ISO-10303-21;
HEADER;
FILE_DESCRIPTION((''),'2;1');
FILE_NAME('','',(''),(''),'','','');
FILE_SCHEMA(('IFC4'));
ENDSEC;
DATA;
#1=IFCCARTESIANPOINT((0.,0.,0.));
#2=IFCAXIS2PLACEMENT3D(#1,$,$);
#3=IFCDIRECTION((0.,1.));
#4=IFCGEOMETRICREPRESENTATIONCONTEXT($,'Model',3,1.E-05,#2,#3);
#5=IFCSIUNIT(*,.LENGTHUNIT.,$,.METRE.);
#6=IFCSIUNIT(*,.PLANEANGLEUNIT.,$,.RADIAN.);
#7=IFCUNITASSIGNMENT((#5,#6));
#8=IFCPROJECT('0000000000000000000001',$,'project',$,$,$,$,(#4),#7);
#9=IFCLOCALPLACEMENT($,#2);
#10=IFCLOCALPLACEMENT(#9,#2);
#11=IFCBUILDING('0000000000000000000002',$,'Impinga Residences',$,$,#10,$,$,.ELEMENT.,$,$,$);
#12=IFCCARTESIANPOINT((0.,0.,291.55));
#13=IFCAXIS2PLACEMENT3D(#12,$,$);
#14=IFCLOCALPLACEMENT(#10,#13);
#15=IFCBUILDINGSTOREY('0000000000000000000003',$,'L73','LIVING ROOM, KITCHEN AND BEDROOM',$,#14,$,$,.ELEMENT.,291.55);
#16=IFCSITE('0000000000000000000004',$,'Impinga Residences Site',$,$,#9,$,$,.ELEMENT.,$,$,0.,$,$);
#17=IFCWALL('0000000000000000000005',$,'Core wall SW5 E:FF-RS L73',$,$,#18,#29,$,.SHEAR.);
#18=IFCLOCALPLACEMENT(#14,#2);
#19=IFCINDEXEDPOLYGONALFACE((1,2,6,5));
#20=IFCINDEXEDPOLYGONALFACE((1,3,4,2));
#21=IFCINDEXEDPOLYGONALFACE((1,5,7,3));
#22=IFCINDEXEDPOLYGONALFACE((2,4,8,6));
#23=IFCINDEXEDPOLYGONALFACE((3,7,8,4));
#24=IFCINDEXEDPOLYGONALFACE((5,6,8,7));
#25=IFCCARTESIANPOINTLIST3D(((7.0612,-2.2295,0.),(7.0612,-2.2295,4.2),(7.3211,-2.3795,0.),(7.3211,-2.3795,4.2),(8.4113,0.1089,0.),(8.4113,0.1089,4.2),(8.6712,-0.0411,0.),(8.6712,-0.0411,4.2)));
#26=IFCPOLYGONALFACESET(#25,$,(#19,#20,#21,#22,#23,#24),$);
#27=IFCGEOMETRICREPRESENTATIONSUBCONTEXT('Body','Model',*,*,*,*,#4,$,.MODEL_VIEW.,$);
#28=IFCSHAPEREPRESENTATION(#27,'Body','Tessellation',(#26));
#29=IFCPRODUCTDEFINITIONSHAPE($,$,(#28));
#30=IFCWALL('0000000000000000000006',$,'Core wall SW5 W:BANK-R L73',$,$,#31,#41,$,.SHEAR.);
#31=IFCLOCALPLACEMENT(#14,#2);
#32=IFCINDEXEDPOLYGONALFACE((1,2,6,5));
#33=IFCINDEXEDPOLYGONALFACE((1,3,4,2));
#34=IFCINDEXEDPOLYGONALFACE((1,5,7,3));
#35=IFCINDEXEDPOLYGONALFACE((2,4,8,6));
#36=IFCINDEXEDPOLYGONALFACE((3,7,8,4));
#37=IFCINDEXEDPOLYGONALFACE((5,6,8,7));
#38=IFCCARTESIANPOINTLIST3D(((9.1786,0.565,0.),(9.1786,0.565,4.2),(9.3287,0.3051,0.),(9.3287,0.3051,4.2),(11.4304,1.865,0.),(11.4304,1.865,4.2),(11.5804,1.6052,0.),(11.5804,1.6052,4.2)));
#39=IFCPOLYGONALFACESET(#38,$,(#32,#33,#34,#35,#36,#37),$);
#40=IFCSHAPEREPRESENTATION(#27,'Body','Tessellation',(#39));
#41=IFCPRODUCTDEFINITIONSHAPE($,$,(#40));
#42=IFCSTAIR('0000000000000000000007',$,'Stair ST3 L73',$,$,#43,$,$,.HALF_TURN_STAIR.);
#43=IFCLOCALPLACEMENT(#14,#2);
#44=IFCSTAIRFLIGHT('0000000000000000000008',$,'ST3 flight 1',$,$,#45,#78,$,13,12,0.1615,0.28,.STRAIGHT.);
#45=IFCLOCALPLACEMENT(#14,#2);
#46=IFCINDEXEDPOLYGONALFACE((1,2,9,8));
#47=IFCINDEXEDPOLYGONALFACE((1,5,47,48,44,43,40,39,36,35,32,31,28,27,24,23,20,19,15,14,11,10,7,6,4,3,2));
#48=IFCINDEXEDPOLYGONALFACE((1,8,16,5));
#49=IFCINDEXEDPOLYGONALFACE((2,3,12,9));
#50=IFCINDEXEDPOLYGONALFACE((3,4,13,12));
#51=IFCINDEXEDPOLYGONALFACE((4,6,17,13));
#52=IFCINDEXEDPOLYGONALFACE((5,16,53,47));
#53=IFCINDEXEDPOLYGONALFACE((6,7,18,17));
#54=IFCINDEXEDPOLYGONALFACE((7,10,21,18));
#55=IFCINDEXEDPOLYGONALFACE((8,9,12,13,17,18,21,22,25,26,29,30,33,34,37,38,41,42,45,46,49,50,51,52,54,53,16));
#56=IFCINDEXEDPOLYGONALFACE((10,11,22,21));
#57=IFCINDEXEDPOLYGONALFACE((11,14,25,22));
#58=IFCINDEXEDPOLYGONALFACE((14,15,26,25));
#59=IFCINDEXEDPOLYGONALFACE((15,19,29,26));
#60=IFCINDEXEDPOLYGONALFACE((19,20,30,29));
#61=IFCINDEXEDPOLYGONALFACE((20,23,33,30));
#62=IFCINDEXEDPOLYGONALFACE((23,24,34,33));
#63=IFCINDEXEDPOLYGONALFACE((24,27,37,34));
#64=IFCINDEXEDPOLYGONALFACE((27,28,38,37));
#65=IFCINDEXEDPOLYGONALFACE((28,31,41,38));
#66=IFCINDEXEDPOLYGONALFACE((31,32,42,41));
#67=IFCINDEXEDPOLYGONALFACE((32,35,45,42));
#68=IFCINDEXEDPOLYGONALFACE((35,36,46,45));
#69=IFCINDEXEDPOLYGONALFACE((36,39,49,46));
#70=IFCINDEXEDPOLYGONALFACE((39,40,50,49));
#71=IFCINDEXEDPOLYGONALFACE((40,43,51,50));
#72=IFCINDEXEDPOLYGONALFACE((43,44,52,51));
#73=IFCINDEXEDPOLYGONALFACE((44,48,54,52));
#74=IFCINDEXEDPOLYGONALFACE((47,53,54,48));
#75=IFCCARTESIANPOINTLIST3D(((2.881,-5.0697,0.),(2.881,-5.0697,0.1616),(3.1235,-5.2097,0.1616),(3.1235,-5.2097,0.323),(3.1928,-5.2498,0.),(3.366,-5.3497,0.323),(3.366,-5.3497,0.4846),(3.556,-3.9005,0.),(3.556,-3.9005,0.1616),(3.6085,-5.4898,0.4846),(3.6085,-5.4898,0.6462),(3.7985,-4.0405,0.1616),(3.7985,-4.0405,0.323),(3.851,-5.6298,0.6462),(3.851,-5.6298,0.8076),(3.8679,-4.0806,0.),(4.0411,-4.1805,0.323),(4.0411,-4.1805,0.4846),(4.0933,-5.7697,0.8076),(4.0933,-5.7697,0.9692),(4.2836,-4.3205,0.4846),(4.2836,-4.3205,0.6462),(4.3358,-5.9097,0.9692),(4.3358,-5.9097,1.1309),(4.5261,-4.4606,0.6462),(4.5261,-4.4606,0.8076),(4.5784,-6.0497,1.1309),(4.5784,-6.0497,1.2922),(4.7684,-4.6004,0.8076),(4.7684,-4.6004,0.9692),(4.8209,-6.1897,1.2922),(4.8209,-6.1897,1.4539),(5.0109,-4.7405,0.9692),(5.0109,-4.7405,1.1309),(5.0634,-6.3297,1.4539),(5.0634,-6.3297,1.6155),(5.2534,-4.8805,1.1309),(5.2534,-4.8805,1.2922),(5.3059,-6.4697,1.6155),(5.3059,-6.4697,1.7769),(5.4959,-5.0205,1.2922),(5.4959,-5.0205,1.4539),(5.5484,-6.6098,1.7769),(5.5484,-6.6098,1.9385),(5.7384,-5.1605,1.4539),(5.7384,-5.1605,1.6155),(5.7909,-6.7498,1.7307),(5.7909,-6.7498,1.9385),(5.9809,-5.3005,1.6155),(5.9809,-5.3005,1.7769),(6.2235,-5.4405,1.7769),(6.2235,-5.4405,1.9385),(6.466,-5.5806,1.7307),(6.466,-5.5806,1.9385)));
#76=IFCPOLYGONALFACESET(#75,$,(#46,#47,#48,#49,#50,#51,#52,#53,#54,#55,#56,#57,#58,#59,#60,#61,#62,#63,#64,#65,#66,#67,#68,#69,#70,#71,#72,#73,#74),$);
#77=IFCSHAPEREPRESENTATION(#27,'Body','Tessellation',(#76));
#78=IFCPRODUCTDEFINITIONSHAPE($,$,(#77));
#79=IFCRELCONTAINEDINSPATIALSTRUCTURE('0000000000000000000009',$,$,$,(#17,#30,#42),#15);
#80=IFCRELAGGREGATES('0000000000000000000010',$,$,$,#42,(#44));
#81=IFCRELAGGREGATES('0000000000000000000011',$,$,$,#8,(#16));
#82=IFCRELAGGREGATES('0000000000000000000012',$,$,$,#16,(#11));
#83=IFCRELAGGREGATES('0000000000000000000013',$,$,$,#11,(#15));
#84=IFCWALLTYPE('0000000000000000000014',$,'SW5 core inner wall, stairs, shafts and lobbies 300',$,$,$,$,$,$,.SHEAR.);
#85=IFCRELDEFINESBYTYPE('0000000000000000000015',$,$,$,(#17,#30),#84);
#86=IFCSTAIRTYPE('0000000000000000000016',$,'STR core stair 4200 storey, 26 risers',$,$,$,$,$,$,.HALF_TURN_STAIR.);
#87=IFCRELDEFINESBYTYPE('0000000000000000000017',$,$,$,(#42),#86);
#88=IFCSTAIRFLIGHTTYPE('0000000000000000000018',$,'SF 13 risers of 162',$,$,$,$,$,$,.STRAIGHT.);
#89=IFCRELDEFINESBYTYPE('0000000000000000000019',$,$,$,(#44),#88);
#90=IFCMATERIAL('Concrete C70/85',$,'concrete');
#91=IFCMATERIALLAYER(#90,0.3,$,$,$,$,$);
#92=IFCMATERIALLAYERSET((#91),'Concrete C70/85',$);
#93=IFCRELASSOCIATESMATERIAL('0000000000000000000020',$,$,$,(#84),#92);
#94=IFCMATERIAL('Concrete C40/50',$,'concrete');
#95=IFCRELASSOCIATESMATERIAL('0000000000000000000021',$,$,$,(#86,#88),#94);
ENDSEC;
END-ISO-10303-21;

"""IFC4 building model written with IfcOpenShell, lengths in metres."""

from ifc_helpers import new_model, si_unit, direction, frame, frame_2d, origin, place, context, subcontext, project, spatial, polyline, rectangle, outline, extrude, material, layer, layer_set, type_object, element, aggregate, save


model = new_model("IFC4")

# Units and contexts
model_context = context("Model", 3, precision=1e-05, world=origin(), true_north=direction((0.0, 1.0)))
body_context = subcontext(model_context, "Body", "Model", "MODEL_VIEW")
ifc_project = project(units=[si_unit("LENGTHUNIT", "METRE"), si_unit("PLANEANGLEUNIT", "RADIAN")], contexts=[model_context])

# Site, building, storey
site_placement = place(None, origin())
site = spatial("IfcSite", under=ifc_project, at=site_placement, Name="Impinga Residences Site", CompositionType="ELEMENT", RefElevation=0.0)
building_placement = place(site_placement, origin())
building = spatial("IfcBuilding", under=site, at=building_placement, Name="Impinga Residences", CompositionType="ELEMENT")
storey_placement = place(building_placement, frame((0.0, 0.0, 291.55)))
storey = spatial("IfcBuildingStorey", under=building, at=storey_placement, Name="L73", Description="LIVING ROOM, KITCHEN AND BEDROOM", CompositionType="ELEMENT", Elevation=291.55)

# Shared definitions
ifc_material_1 = material(Name="Concrete C70/85", Category="concrete")
ifc_layer_1 = layer(ifc_material_1, 0.3)
ifc_layer_set_1 = layer_set([ifc_layer_1], Name="Concrete C70/85")
wall_type_1 = type_object("IfcWallType", Name="SW5 core inner wall, stairs, shafts and lobbies 300", PredefinedType="SHEAR", material=ifc_layer_set_1)

# Walls
wall_1_placement = place(storey_placement, frame((8.5413, 0.0339, 0.0), z_axis=(0.0, 0.0, 1.0), x_axis=(-0.500009, -0.86602, 0.0)))
element("IfcWall", 1, at=wall_1_placement, inside=storey, type_object=wall_type_1, Name="Core wall SW5 E:FF-RS L73", PredefinedType="SHEAR", context=body_context, shape_type="SweptSolid", body=[
    extrude(rectangle(XDim=2.7002, YDim=0.3, at=frame_2d((1.3501, 0.0))), origin(), (0.0, 0.0, 1.0), 4.2),
])
wall_2_placement = place(storey_placement, frame((9.2537, 0.4351, 0.0), z_axis=(0.0, 0.0, 1.0), x_axis=(0.866021, 0.500007, 0.0)))
element("IfcWall", 2, at=wall_2_placement, inside=storey, type_object=wall_type_1, Name="Core wall SW5 W:BANK-R L73", PredefinedType="SHEAR", context=body_context, shape_type="SweptSolid", body=[
    extrude(rectangle(XDim=2.6001, YDim=0.3, at=frame_2d((1.3, 0.0))), origin(), (0.0, 0.0, 1.0), 4.2),
])

# Stair, stair flight
ifc_material_2 = material(Name="Concrete C40/50", Category="concrete")
stair_type = type_object("IfcStairType", Name="STR core stair 4200 storey, 26 risers", PredefinedType="HALF_TURN_STAIR", material=ifc_material_2)
stair_placement = place(storey_placement, origin())
stair = element("IfcStair", 3, at=stair_placement, inside=storey, type_object=stair_type, Name="Stair ST3 L73", PredefinedType="HALF_TURN_STAIR")
stair_flight_type = type_object("IfcStairFlightType", Name="SF 13 risers of 162", PredefinedType="STRAIGHT", material=ifc_material_2)
stair_flight_placement = place(storey_placement, frame((3.2185, -4.4851, 0.0), z_axis=(0.0, 0.0, 1.0), x_axis=(0.866025, -0.5, 0.0)))
stair_flight = element("IfcStairFlight", 4, at=stair_flight_placement, type_object=stair_flight_type, Name="ST3 flight 1", NumberOfRisers=13, NumberOfTreads=12, PredefinedType="STRAIGHT", RiserHeight=0.1615, TreadLength=0.28, context=body_context, shape_type="SweptSolid", body=[
    extrude(outline(polyline([(0.0, 0.0), (0.0, 0.1616), (0.28, 0.1616), (0.28, 0.323), (0.5601, 0.323), (0.5601, 0.4846), (0.8401, 0.4846), (0.8401, 0.6462), (1.1201, 0.6462), (1.1201, 0.8076), (1.3999, 0.8076), (1.3999, 0.9692), (1.6799, 0.9692), (1.6799, 1.1309), (1.96, 1.1309), (1.96, 1.2922), (2.24, 1.2922), (2.24, 1.4539), (2.52, 1.4539), (2.52, 1.6155), (2.8, 1.6155), (2.8, 1.7769), (3.0801, 1.7769), (3.0801, 1.9385), (3.3601, 1.9385), (3.3601, 2.1001), (3.3601, 1.7307), (0.3601, 0.0), (0.0, 0.0)])), frame((0.0, 0.675, 0.0), z_axis=(0.0, -1.0, 0.0), x_axis=(1.0, 0.0, 0.0)), (0.0, 0.0, 1.0), 1.3501),
])
aggregate(stair, [stair_flight])

save(model, "model.ifc")
